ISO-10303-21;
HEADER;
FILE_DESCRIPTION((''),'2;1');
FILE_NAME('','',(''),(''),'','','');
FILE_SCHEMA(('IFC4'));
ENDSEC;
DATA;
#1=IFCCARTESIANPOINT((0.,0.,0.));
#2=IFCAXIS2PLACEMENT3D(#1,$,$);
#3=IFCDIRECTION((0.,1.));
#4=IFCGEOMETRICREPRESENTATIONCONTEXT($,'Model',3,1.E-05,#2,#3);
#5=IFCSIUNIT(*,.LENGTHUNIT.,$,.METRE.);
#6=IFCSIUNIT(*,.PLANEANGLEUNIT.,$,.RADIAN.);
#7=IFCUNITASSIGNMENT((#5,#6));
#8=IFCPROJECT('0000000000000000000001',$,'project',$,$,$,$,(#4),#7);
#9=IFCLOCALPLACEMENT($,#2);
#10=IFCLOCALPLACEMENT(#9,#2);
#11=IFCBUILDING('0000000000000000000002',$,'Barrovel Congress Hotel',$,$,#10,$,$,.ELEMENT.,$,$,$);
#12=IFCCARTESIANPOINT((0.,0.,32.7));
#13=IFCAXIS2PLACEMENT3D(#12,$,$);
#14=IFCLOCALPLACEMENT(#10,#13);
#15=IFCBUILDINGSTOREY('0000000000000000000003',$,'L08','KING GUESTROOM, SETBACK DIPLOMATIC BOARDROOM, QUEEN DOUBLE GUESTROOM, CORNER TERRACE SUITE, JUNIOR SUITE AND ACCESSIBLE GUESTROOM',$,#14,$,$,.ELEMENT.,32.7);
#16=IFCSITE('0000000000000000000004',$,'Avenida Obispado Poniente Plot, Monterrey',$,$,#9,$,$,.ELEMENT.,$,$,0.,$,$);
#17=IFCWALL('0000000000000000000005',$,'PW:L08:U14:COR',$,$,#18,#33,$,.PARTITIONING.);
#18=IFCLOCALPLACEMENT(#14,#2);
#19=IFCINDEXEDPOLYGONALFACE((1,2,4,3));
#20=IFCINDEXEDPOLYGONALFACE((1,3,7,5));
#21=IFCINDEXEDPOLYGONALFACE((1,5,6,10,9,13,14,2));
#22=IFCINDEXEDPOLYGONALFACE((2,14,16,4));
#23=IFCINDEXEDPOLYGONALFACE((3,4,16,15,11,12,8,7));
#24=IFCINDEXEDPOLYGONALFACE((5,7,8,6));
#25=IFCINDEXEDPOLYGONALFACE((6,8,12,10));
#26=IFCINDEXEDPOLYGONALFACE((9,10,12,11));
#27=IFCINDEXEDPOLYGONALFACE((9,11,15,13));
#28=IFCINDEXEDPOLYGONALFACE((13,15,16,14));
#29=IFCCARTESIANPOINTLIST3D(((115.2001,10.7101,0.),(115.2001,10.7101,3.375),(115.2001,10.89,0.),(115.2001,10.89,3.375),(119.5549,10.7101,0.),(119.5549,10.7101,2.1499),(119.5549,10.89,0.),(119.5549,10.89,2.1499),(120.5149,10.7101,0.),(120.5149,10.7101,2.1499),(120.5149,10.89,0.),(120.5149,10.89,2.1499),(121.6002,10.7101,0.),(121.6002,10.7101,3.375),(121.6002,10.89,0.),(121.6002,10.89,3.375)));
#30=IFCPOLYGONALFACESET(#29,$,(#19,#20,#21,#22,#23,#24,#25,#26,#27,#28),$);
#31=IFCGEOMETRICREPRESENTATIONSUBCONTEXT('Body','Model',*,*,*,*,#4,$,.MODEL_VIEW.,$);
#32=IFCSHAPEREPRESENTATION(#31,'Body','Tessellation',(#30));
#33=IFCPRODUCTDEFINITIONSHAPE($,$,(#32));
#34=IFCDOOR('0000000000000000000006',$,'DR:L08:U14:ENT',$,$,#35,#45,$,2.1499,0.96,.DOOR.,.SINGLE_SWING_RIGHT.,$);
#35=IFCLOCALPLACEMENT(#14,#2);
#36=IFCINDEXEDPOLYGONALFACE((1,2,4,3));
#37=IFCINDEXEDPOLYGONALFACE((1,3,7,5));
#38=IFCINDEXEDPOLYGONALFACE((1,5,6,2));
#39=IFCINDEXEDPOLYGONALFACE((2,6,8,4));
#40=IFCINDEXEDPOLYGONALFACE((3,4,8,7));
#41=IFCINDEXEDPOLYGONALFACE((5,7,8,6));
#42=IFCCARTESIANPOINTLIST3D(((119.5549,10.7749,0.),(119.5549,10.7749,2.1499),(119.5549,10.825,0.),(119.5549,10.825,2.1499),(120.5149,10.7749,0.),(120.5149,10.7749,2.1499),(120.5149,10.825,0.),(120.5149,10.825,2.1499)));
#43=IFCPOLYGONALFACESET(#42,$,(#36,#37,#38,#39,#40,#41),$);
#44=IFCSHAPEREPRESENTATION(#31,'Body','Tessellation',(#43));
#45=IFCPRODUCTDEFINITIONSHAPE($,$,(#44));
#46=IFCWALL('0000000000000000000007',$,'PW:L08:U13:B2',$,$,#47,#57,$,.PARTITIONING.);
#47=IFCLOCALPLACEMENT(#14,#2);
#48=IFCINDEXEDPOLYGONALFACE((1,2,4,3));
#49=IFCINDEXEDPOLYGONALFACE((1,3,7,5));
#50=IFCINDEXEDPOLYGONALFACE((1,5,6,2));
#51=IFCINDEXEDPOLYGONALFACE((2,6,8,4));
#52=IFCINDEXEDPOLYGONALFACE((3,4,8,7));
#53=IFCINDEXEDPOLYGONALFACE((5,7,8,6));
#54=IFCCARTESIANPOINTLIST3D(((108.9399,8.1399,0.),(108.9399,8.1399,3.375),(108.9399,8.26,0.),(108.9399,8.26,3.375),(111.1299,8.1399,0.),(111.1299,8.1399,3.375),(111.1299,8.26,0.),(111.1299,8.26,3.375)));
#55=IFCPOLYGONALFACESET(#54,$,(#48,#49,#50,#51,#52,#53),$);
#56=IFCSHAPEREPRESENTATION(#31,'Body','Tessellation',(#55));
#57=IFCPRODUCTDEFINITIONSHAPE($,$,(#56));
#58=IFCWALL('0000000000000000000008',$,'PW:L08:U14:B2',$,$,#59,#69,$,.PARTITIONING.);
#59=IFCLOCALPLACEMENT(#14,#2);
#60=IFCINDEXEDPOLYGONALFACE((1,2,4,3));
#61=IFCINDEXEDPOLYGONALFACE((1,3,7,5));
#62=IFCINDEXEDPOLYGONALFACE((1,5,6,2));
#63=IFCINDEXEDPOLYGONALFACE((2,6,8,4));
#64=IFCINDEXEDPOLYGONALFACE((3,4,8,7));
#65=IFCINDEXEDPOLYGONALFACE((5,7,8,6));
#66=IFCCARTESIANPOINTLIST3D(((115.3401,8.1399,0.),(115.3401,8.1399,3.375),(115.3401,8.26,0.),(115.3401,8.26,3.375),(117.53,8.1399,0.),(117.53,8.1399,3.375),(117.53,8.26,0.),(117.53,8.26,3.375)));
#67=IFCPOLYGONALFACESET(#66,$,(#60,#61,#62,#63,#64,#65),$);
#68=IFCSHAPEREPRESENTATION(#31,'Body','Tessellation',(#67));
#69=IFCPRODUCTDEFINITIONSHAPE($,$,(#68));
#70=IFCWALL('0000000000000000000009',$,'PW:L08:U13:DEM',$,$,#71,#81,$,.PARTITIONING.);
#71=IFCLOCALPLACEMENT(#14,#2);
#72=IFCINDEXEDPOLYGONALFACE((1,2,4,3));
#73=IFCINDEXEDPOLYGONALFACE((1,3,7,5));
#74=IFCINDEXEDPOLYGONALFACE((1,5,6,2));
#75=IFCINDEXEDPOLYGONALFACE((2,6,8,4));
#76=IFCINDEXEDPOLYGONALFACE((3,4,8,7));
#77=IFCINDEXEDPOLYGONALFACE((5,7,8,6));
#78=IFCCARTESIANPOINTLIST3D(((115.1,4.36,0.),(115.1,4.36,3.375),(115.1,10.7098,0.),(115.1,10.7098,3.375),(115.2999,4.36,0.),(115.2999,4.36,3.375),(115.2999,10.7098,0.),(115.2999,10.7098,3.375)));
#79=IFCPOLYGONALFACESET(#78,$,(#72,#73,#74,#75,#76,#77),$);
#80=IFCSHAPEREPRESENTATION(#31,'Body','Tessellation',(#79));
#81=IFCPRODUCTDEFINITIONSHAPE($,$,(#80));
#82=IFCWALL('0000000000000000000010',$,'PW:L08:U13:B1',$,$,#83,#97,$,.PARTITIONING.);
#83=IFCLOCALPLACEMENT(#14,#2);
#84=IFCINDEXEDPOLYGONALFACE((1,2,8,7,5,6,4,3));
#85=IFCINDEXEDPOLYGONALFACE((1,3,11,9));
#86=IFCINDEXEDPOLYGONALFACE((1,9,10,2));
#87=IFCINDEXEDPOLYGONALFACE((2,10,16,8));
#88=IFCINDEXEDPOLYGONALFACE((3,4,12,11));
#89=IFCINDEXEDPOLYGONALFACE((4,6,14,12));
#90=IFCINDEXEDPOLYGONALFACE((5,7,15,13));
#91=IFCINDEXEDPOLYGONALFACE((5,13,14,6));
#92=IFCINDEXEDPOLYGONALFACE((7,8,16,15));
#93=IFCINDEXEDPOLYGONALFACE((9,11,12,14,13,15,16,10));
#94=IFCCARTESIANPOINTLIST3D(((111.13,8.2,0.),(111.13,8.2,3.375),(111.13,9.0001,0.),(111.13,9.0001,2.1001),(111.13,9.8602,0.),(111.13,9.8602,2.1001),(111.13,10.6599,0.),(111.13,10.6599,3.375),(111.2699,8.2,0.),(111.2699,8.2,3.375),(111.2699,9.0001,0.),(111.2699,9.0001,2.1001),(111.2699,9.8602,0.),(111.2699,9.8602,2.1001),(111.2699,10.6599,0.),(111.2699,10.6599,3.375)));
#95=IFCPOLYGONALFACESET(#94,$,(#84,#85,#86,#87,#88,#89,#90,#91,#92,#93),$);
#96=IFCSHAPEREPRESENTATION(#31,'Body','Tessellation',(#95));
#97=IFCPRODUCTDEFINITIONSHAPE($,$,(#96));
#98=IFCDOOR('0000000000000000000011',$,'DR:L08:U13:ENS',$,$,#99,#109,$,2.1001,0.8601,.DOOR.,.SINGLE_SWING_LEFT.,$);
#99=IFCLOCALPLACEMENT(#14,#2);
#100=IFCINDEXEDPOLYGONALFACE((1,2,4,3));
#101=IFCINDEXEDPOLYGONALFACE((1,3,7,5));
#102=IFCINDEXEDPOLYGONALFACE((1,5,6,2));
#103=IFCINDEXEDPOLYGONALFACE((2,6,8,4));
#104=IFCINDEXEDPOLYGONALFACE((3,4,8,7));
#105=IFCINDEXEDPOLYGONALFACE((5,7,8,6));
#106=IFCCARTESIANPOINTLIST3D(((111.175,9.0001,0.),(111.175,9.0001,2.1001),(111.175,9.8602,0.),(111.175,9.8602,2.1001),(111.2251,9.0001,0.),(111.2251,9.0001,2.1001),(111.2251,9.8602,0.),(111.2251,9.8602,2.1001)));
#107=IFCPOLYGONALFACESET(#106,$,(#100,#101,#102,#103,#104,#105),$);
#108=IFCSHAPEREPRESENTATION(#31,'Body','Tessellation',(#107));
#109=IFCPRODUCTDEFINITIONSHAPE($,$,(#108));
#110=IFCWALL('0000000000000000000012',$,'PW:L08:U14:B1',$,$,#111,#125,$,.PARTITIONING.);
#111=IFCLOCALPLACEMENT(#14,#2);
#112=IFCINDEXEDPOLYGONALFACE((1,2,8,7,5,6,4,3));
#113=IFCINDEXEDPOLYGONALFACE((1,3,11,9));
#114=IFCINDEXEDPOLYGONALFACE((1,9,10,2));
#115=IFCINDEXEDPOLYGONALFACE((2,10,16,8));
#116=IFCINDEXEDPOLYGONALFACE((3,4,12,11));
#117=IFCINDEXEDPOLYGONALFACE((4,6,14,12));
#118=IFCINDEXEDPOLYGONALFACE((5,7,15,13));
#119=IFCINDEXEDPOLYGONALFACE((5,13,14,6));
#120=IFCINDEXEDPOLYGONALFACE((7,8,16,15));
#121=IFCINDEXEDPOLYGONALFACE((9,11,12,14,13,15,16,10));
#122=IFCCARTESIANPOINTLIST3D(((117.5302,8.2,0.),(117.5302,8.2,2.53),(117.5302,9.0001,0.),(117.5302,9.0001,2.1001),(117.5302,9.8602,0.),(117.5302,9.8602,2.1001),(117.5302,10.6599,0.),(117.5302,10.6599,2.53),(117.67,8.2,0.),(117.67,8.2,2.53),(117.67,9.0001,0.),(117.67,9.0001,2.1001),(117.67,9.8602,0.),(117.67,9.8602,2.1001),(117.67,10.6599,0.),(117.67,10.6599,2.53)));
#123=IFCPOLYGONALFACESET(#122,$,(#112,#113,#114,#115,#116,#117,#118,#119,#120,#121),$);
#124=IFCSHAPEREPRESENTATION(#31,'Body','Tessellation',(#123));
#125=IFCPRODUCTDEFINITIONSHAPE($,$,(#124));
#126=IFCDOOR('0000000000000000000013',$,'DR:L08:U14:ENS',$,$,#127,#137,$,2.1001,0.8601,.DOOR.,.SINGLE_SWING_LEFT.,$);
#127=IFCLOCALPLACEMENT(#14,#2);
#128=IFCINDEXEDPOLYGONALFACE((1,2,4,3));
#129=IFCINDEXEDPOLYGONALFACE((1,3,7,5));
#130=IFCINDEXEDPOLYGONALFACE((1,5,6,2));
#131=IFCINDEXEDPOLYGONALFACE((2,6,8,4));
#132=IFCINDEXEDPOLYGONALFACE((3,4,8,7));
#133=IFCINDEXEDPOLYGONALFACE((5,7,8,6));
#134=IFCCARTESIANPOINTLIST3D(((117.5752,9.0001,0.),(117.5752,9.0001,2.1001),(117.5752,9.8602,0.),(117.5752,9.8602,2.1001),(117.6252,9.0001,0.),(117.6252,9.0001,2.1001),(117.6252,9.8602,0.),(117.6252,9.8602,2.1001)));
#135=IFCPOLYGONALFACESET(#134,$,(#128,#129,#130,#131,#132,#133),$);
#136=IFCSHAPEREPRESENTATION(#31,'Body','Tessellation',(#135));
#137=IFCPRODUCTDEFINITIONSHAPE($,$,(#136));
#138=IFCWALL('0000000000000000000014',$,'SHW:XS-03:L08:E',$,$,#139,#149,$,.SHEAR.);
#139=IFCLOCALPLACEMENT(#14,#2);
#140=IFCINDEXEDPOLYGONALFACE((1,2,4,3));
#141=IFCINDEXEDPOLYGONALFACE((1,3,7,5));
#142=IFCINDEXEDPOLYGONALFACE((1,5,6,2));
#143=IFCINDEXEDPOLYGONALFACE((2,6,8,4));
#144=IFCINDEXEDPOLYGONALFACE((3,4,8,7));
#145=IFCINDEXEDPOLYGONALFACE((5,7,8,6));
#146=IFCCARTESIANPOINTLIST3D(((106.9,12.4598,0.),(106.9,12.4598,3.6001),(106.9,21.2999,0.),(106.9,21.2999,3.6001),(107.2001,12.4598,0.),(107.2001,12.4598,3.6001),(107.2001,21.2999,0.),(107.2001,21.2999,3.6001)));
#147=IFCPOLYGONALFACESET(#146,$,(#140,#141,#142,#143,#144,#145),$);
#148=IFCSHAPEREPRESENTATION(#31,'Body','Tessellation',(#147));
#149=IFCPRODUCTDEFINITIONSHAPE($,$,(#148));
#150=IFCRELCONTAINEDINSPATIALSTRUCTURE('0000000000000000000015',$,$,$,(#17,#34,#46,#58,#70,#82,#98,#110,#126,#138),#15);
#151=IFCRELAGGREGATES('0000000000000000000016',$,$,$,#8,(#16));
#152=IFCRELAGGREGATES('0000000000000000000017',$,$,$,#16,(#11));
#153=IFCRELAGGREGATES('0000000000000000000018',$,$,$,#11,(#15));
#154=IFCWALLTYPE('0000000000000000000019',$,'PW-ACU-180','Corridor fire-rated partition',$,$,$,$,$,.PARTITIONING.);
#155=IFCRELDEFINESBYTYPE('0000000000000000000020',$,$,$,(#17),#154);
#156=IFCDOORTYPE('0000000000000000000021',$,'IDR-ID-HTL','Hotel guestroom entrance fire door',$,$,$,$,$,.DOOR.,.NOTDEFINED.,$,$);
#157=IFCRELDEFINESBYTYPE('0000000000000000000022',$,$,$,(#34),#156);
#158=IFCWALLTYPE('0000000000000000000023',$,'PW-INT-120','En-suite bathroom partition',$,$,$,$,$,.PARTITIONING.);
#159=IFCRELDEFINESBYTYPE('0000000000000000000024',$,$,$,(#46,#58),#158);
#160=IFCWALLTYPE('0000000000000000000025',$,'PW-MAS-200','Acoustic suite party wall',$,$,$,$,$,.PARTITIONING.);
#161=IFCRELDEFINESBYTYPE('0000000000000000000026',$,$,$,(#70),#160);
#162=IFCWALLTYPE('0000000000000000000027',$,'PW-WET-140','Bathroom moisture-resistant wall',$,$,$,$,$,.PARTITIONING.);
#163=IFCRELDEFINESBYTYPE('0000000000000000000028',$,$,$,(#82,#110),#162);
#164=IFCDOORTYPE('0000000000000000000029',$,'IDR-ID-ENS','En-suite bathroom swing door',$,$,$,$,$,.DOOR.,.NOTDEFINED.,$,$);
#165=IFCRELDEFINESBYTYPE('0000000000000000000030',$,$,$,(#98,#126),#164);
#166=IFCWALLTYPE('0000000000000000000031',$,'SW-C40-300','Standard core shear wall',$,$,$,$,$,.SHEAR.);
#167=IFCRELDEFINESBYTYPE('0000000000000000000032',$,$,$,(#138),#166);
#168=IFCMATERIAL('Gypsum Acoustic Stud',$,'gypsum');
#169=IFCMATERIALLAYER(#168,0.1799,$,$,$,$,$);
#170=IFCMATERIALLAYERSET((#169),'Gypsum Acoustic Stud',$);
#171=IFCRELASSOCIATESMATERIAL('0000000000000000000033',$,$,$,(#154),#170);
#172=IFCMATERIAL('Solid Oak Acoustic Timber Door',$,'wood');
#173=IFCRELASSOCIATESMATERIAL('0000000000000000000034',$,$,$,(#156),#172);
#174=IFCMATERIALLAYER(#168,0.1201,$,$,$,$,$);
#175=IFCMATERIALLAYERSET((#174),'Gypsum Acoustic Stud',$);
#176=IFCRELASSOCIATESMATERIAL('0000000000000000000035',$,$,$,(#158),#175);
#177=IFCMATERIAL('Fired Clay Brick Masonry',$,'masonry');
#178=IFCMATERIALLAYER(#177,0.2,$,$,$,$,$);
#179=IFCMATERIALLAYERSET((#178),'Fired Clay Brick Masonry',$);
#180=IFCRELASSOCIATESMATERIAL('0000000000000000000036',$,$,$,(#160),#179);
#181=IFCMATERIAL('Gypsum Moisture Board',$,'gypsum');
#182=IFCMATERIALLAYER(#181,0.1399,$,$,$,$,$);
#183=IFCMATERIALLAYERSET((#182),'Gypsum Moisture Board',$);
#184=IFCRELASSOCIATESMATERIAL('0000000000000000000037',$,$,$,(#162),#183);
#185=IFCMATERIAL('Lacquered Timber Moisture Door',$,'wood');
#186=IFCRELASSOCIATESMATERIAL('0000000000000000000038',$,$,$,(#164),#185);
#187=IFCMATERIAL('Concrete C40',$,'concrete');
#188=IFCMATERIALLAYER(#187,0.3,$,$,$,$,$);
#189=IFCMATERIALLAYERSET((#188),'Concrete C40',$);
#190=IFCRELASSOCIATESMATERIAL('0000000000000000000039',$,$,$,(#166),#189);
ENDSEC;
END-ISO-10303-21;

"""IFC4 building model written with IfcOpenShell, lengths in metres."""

from ifc_helpers import new_model, si_unit, direction, frame, frame_2d, origin, place, context, subcontext, project, spatial, rectangle, extrude, material, layer, layer_set, type_object, element, fill, save


model = new_model("IFC4")

# Units and contexts
model_context = context("Model", 3, precision=1e-05, world=origin(), true_north=direction((0.0, 1.0)))
body_context = subcontext(model_context, "Body", "Model", "MODEL_VIEW")
ifc_project = project(units=[si_unit("LENGTHUNIT", "METRE"), si_unit("PLANEANGLEUNIT", "RADIAN")], contexts=[model_context])

# Site, building, storey
site_placement = place(None, origin())
site = spatial("IfcSite", under=ifc_project, at=site_placement, Name="Avenida Obispado Poniente Plot, Monterrey", CompositionType="ELEMENT", RefElevation=0.0)
building_placement = place(site_placement, origin())
building = spatial("IfcBuilding", under=site, at=building_placement, Name="Barrovel Congress Hotel", CompositionType="ELEMENT")
storey_placement = place(building_placement, frame((0.0, 0.0, 32.7)))
storey = spatial("IfcBuildingStorey", under=building, at=storey_placement, Name="L08", Description="KING GUESTROOM, SETBACK DIPLOMATIC BOARDROOM, QUEEN DOUBLE GUESTROOM, CORNER TERRACE SUITE, JUNIOR SUITE AND ACCESSIBLE GUESTROOM", CompositionType="ELEMENT", Elevation=32.7)

# Shared definitions
ifc_material_1 = material(Name="Concrete C40", Category="concrete")

# Wall, opening, door
ifc_material_2 = material(Name="Gypsum Acoustic Stud", Category="gypsum")
ifc_layer_1 = layer(ifc_material_2, 0.1799)
ifc_layer_set_1 = layer_set([ifc_layer_1], Name="Gypsum Acoustic Stud")
wall_type_1 = type_object("IfcWallType", Name="PW-ACU-180", Description="Corridor fire-rated partition", PredefinedType="PARTITIONING", material=ifc_layer_set_1)
ifc_material_3 = material(Name="Solid Oak Acoustic Timber Door", Category="wood")
door_type_1 = type_object("IfcDoorType", Name="IDR-ID-HTL", Description="Hotel guestroom entrance fire door", OperationType="NOTDEFINED", PredefinedType="DOOR", material=ifc_material_3)
wall_1_placement = place(storey_placement, frame((115.2, 10.8, 0.0), z_axis=(0.0, 0.0, 1.0), x_axis=(1.0, 0.0, 0.0)))
wall_1 = element("IfcWall", 1, at=wall_1_placement, inside=storey, type_object=wall_type_1, Name="PW:L08:U14:COR", PredefinedType="PARTITIONING", context=body_context, shape_type="SweptSolid", body=[
    extrude(rectangle(XDim=6.4001, YDim=0.1799, at=frame_2d((3.2002, 0.0))), origin(), (0.0, 0.0, 1.0), 3.375),
])
opening_1_placement = place(wall_1_placement, frame((4.355, 0.0, 0.0)))
opening_1 = element("IfcOpeningElement", 2, at=opening_1_placement, cuts=wall_1, PredefinedType="OPENING", context=body_context, shape_type="SweptSolid", body=[
    extrude(rectangle(XDim=0.96, YDim=2.1499, at=frame_2d((0.48, 1.075))), frame((0.0, 0.1001, 0.0), z_axis=(0.0, -1.0, 0.0), x_axis=(1.0, 0.0, 0.0)), (0.0, 0.0, 1.0), 0.2),
])
door_1_placement = place(opening_1_placement, origin())
door_1 = element("IfcDoor", 3, at=door_1_placement, inside=storey, type_object=door_type_1, Name="DR:L08:U14:ENT", OperationType="SINGLE_SWING_RIGHT", OverallHeight=2.1499, OverallWidth=0.96, PredefinedType="DOOR", context=body_context, shape_type="SweptSolid", body=[
    extrude(rectangle(XDim=0.96, YDim=2.1499, at=frame_2d((0.48, 1.075))), frame((0.0, 0.0249, 0.0), z_axis=(0.0, -1.0, 0.0), x_axis=(1.0, 0.0, 0.0)), (0.0, 0.0, 1.0), 0.05),
])
fill(opening_1, door_1)

# Walls
ifc_layer_2 = layer(ifc_material_2, 0.1201)
ifc_layer_set_2 = layer_set([ifc_layer_2], Name="Gypsum Acoustic Stud")
wall_type_2 = type_object("IfcWallType", Name="PW-INT-120", Description="En-suite bathroom partition", PredefinedType="PARTITIONING", material=ifc_layer_set_2)
for number, where, z_axis, x_axis, name in (
    (4, (108.9399, 8.2, 0.0), (0.0, 0.0, 1.0), (1.0, 0.0, 0.0), "PW:L08:U13:B2"),
    (5, (115.3401, 8.2, 0.0), (0.0, 0.0, 1.0), (1.0, 0.0, 0.0), "PW:L08:U14:B2"),
):
    element("IfcWall", number, at=place(storey_placement, frame(where, z_axis=z_axis, x_axis=x_axis)), inside=storey, type_object=wall_type_2, Name=name, PredefinedType="PARTITIONING", context=body_context, shape_type="SweptSolid", body=[
        extrude(rectangle(XDim=2.1899, YDim=0.1201, at=frame_2d((1.095, 0.0))), origin(), (0.0, 0.0, 1.0), 3.375),
    ])
ifc_material_4 = material(Name="Fired Clay Brick Masonry", Category="masonry")
ifc_layer_3 = layer(ifc_material_4, 0.2)
ifc_layer_set_3 = layer_set([ifc_layer_3], Name="Fired Clay Brick Masonry")
wall_type_3 = type_object("IfcWallType", Name="PW-MAS-200", Description="Acoustic suite party wall", PredefinedType="PARTITIONING", material=ifc_layer_set_3)
wall_2_placement = place(storey_placement, frame((115.2, 4.3601, 0.0), z_axis=(0.0, 0.0, 1.0), x_axis=(0.0, 1.0, 0.0)))
element("IfcWall", 6, at=wall_2_placement, inside=storey, type_object=wall_type_3, Name="PW:L08:U13:DEM", PredefinedType="PARTITIONING", context=body_context, shape_type="SweptSolid", body=[
    extrude(rectangle(XDim=6.3499, YDim=0.2, at=frame_2d((3.1748, 0.0))), origin(), (0.0, 0.0, 1.0), 3.375),
])

# Walls, openings, doors
ifc_material_5 = material(Name="Gypsum Moisture Board", Category="gypsum")
ifc_layer_4 = layer(ifc_material_5, 0.1399)
ifc_layer_set_4 = layer_set([ifc_layer_4], Name="Gypsum Moisture Board")
wall_type_4 = type_object("IfcWallType", Name="PW-WET-140", Description="Bathroom moisture-resistant wall", PredefinedType="PARTITIONING", material=ifc_layer_set_4)
wall_3_placement = place(storey_placement, frame((111.2, 8.2, 0.0), z_axis=(0.0, 0.0, 1.0), x_axis=(0.0, 1.0, 0.0)))
wall_3 = element("IfcWall", 7, at=wall_3_placement, inside=storey, type_object=wall_type_4, Name="PW:L08:U13:B1", PredefinedType="PARTITIONING", context=body_context, shape_type="SweptSolid", body=[
    extrude(rectangle(XDim=2.46, YDim=0.1399, at=frame_2d((1.23, 0.0))), origin(), (0.0, 0.0, 1.0), 3.375),
])
opening_2_placement = place(wall_3_placement, frame((0.8, 0.0, 0.0)))
opening_2 = element("IfcOpeningElement", 8, at=opening_2_placement, cuts=wall_3, PredefinedType="OPENING", context=body_context, shape_type="SweptSolid", body=[
    extrude(rectangle(XDim=0.8601, YDim=2.1001, at=frame_2d((0.4302, 1.05))), frame((0.0, 0.0801, 0.0), z_axis=(0.0, -1.0, 0.0), x_axis=(1.0, 0.0, 0.0)), (0.0, 0.0, 1.0), 0.1599),
])
ifc_material_6 = material(Name="Lacquered Timber Moisture Door", Category="wood")
door_type_2 = type_object("IfcDoorType", Name="IDR-ID-ENS", Description="En-suite bathroom swing door", OperationType="NOTDEFINED", PredefinedType="DOOR", material=ifc_material_6)
door_2_placement = place(opening_2_placement, origin())
door_2 = element("IfcDoor", 9, at=door_2_placement, inside=storey, type_object=door_type_2, Name="DR:L08:U13:ENS", OperationType="SINGLE_SWING_LEFT", OverallHeight=2.1001, OverallWidth=0.8601, PredefinedType="DOOR", context=body_context, shape_type="SweptSolid", body=[
    extrude(rectangle(XDim=0.8601, YDim=2.1001, at=frame_2d((0.4302, 1.05))), frame((0.0, 0.0249, 0.0), z_axis=(0.0, -1.0, 0.0), x_axis=(1.0, 0.0, 0.0)), (0.0, 0.0, 1.0), 0.05),
])
fill(opening_2, door_2)
wall_4_placement = place(storey_placement, frame((117.6001, 8.2, 0.0), z_axis=(0.0, 0.0, 1.0), x_axis=(0.0, 1.0, 0.0)))
wall_4 = element("IfcWall", 10, at=wall_4_placement, inside=storey, type_object=wall_type_4, Name="PW:L08:U14:B1", PredefinedType="PARTITIONING", context=body_context, shape_type="SweptSolid", body=[
    extrude(rectangle(XDim=2.46, YDim=0.1399, at=frame_2d((1.23, 0.0))), origin(), (0.0, 0.0, 1.0), 2.53),
])
opening_3_placement = place(wall_4_placement, frame((0.8, 0.0, 0.0)))
opening_3 = element("IfcOpeningElement", 11, at=opening_3_placement, cuts=wall_4, PredefinedType="OPENING", context=body_context, shape_type="SweptSolid", body=[
    extrude(rectangle(XDim=0.8601, YDim=2.1001, at=frame_2d((0.4302, 1.05))), frame((0.0, 0.0801, 0.0), z_axis=(0.0, -1.0, 0.0), x_axis=(1.0, 0.0, 0.0)), (0.0, 0.0, 1.0), 0.1599),
])
door_3_placement = place(opening_3_placement, origin())
door_3 = element("IfcDoor", 12, at=door_3_placement, inside=storey, type_object=door_type_2, Name="DR:L08:U14:ENS", OperationType="SINGLE_SWING_LEFT", OverallHeight=2.1001, OverallWidth=0.8601, PredefinedType="DOOR", context=body_context, shape_type="SweptSolid", body=[
    extrude(rectangle(XDim=0.8601, YDim=2.1001, at=frame_2d((0.4302, 1.05))), frame((0.0, 0.0249, 0.0), z_axis=(0.0, -1.0, 0.0), x_axis=(1.0, 0.0, 0.0)), (0.0, 0.0, 1.0), 0.05),
])
fill(opening_3, door_3)

# Wall
ifc_layer_5 = layer(ifc_material_1, 0.3)
ifc_layer_set_5 = layer_set([ifc_layer_5], Name="Concrete C40")
wall_type_5 = type_object("IfcWallType", Name="SW-C40-300", Description="Standard core shear wall", PredefinedType="SHEAR", material=ifc_layer_set_5)
wall_5_placement = place(storey_placement, frame((107.05, 12.46, 0.0), z_axis=(0.0, 0.0, 1.0), x_axis=(0.0, 1.0, 0.0)))
element("IfcWall", 13, at=wall_5_placement, inside=storey, type_object=wall_type_5, Name="SHW:XS-03:L08:E", PredefinedType="SHEAR", context=body_context, shape_type="SweptSolid", body=[
    extrude(rectangle(XDim=8.8401, YDim=0.3, at=frame_2d((4.4199, 0.0))), origin(), (0.0, 0.0, 1.0), 3.6001),
])

save(model, "model.ifc")
